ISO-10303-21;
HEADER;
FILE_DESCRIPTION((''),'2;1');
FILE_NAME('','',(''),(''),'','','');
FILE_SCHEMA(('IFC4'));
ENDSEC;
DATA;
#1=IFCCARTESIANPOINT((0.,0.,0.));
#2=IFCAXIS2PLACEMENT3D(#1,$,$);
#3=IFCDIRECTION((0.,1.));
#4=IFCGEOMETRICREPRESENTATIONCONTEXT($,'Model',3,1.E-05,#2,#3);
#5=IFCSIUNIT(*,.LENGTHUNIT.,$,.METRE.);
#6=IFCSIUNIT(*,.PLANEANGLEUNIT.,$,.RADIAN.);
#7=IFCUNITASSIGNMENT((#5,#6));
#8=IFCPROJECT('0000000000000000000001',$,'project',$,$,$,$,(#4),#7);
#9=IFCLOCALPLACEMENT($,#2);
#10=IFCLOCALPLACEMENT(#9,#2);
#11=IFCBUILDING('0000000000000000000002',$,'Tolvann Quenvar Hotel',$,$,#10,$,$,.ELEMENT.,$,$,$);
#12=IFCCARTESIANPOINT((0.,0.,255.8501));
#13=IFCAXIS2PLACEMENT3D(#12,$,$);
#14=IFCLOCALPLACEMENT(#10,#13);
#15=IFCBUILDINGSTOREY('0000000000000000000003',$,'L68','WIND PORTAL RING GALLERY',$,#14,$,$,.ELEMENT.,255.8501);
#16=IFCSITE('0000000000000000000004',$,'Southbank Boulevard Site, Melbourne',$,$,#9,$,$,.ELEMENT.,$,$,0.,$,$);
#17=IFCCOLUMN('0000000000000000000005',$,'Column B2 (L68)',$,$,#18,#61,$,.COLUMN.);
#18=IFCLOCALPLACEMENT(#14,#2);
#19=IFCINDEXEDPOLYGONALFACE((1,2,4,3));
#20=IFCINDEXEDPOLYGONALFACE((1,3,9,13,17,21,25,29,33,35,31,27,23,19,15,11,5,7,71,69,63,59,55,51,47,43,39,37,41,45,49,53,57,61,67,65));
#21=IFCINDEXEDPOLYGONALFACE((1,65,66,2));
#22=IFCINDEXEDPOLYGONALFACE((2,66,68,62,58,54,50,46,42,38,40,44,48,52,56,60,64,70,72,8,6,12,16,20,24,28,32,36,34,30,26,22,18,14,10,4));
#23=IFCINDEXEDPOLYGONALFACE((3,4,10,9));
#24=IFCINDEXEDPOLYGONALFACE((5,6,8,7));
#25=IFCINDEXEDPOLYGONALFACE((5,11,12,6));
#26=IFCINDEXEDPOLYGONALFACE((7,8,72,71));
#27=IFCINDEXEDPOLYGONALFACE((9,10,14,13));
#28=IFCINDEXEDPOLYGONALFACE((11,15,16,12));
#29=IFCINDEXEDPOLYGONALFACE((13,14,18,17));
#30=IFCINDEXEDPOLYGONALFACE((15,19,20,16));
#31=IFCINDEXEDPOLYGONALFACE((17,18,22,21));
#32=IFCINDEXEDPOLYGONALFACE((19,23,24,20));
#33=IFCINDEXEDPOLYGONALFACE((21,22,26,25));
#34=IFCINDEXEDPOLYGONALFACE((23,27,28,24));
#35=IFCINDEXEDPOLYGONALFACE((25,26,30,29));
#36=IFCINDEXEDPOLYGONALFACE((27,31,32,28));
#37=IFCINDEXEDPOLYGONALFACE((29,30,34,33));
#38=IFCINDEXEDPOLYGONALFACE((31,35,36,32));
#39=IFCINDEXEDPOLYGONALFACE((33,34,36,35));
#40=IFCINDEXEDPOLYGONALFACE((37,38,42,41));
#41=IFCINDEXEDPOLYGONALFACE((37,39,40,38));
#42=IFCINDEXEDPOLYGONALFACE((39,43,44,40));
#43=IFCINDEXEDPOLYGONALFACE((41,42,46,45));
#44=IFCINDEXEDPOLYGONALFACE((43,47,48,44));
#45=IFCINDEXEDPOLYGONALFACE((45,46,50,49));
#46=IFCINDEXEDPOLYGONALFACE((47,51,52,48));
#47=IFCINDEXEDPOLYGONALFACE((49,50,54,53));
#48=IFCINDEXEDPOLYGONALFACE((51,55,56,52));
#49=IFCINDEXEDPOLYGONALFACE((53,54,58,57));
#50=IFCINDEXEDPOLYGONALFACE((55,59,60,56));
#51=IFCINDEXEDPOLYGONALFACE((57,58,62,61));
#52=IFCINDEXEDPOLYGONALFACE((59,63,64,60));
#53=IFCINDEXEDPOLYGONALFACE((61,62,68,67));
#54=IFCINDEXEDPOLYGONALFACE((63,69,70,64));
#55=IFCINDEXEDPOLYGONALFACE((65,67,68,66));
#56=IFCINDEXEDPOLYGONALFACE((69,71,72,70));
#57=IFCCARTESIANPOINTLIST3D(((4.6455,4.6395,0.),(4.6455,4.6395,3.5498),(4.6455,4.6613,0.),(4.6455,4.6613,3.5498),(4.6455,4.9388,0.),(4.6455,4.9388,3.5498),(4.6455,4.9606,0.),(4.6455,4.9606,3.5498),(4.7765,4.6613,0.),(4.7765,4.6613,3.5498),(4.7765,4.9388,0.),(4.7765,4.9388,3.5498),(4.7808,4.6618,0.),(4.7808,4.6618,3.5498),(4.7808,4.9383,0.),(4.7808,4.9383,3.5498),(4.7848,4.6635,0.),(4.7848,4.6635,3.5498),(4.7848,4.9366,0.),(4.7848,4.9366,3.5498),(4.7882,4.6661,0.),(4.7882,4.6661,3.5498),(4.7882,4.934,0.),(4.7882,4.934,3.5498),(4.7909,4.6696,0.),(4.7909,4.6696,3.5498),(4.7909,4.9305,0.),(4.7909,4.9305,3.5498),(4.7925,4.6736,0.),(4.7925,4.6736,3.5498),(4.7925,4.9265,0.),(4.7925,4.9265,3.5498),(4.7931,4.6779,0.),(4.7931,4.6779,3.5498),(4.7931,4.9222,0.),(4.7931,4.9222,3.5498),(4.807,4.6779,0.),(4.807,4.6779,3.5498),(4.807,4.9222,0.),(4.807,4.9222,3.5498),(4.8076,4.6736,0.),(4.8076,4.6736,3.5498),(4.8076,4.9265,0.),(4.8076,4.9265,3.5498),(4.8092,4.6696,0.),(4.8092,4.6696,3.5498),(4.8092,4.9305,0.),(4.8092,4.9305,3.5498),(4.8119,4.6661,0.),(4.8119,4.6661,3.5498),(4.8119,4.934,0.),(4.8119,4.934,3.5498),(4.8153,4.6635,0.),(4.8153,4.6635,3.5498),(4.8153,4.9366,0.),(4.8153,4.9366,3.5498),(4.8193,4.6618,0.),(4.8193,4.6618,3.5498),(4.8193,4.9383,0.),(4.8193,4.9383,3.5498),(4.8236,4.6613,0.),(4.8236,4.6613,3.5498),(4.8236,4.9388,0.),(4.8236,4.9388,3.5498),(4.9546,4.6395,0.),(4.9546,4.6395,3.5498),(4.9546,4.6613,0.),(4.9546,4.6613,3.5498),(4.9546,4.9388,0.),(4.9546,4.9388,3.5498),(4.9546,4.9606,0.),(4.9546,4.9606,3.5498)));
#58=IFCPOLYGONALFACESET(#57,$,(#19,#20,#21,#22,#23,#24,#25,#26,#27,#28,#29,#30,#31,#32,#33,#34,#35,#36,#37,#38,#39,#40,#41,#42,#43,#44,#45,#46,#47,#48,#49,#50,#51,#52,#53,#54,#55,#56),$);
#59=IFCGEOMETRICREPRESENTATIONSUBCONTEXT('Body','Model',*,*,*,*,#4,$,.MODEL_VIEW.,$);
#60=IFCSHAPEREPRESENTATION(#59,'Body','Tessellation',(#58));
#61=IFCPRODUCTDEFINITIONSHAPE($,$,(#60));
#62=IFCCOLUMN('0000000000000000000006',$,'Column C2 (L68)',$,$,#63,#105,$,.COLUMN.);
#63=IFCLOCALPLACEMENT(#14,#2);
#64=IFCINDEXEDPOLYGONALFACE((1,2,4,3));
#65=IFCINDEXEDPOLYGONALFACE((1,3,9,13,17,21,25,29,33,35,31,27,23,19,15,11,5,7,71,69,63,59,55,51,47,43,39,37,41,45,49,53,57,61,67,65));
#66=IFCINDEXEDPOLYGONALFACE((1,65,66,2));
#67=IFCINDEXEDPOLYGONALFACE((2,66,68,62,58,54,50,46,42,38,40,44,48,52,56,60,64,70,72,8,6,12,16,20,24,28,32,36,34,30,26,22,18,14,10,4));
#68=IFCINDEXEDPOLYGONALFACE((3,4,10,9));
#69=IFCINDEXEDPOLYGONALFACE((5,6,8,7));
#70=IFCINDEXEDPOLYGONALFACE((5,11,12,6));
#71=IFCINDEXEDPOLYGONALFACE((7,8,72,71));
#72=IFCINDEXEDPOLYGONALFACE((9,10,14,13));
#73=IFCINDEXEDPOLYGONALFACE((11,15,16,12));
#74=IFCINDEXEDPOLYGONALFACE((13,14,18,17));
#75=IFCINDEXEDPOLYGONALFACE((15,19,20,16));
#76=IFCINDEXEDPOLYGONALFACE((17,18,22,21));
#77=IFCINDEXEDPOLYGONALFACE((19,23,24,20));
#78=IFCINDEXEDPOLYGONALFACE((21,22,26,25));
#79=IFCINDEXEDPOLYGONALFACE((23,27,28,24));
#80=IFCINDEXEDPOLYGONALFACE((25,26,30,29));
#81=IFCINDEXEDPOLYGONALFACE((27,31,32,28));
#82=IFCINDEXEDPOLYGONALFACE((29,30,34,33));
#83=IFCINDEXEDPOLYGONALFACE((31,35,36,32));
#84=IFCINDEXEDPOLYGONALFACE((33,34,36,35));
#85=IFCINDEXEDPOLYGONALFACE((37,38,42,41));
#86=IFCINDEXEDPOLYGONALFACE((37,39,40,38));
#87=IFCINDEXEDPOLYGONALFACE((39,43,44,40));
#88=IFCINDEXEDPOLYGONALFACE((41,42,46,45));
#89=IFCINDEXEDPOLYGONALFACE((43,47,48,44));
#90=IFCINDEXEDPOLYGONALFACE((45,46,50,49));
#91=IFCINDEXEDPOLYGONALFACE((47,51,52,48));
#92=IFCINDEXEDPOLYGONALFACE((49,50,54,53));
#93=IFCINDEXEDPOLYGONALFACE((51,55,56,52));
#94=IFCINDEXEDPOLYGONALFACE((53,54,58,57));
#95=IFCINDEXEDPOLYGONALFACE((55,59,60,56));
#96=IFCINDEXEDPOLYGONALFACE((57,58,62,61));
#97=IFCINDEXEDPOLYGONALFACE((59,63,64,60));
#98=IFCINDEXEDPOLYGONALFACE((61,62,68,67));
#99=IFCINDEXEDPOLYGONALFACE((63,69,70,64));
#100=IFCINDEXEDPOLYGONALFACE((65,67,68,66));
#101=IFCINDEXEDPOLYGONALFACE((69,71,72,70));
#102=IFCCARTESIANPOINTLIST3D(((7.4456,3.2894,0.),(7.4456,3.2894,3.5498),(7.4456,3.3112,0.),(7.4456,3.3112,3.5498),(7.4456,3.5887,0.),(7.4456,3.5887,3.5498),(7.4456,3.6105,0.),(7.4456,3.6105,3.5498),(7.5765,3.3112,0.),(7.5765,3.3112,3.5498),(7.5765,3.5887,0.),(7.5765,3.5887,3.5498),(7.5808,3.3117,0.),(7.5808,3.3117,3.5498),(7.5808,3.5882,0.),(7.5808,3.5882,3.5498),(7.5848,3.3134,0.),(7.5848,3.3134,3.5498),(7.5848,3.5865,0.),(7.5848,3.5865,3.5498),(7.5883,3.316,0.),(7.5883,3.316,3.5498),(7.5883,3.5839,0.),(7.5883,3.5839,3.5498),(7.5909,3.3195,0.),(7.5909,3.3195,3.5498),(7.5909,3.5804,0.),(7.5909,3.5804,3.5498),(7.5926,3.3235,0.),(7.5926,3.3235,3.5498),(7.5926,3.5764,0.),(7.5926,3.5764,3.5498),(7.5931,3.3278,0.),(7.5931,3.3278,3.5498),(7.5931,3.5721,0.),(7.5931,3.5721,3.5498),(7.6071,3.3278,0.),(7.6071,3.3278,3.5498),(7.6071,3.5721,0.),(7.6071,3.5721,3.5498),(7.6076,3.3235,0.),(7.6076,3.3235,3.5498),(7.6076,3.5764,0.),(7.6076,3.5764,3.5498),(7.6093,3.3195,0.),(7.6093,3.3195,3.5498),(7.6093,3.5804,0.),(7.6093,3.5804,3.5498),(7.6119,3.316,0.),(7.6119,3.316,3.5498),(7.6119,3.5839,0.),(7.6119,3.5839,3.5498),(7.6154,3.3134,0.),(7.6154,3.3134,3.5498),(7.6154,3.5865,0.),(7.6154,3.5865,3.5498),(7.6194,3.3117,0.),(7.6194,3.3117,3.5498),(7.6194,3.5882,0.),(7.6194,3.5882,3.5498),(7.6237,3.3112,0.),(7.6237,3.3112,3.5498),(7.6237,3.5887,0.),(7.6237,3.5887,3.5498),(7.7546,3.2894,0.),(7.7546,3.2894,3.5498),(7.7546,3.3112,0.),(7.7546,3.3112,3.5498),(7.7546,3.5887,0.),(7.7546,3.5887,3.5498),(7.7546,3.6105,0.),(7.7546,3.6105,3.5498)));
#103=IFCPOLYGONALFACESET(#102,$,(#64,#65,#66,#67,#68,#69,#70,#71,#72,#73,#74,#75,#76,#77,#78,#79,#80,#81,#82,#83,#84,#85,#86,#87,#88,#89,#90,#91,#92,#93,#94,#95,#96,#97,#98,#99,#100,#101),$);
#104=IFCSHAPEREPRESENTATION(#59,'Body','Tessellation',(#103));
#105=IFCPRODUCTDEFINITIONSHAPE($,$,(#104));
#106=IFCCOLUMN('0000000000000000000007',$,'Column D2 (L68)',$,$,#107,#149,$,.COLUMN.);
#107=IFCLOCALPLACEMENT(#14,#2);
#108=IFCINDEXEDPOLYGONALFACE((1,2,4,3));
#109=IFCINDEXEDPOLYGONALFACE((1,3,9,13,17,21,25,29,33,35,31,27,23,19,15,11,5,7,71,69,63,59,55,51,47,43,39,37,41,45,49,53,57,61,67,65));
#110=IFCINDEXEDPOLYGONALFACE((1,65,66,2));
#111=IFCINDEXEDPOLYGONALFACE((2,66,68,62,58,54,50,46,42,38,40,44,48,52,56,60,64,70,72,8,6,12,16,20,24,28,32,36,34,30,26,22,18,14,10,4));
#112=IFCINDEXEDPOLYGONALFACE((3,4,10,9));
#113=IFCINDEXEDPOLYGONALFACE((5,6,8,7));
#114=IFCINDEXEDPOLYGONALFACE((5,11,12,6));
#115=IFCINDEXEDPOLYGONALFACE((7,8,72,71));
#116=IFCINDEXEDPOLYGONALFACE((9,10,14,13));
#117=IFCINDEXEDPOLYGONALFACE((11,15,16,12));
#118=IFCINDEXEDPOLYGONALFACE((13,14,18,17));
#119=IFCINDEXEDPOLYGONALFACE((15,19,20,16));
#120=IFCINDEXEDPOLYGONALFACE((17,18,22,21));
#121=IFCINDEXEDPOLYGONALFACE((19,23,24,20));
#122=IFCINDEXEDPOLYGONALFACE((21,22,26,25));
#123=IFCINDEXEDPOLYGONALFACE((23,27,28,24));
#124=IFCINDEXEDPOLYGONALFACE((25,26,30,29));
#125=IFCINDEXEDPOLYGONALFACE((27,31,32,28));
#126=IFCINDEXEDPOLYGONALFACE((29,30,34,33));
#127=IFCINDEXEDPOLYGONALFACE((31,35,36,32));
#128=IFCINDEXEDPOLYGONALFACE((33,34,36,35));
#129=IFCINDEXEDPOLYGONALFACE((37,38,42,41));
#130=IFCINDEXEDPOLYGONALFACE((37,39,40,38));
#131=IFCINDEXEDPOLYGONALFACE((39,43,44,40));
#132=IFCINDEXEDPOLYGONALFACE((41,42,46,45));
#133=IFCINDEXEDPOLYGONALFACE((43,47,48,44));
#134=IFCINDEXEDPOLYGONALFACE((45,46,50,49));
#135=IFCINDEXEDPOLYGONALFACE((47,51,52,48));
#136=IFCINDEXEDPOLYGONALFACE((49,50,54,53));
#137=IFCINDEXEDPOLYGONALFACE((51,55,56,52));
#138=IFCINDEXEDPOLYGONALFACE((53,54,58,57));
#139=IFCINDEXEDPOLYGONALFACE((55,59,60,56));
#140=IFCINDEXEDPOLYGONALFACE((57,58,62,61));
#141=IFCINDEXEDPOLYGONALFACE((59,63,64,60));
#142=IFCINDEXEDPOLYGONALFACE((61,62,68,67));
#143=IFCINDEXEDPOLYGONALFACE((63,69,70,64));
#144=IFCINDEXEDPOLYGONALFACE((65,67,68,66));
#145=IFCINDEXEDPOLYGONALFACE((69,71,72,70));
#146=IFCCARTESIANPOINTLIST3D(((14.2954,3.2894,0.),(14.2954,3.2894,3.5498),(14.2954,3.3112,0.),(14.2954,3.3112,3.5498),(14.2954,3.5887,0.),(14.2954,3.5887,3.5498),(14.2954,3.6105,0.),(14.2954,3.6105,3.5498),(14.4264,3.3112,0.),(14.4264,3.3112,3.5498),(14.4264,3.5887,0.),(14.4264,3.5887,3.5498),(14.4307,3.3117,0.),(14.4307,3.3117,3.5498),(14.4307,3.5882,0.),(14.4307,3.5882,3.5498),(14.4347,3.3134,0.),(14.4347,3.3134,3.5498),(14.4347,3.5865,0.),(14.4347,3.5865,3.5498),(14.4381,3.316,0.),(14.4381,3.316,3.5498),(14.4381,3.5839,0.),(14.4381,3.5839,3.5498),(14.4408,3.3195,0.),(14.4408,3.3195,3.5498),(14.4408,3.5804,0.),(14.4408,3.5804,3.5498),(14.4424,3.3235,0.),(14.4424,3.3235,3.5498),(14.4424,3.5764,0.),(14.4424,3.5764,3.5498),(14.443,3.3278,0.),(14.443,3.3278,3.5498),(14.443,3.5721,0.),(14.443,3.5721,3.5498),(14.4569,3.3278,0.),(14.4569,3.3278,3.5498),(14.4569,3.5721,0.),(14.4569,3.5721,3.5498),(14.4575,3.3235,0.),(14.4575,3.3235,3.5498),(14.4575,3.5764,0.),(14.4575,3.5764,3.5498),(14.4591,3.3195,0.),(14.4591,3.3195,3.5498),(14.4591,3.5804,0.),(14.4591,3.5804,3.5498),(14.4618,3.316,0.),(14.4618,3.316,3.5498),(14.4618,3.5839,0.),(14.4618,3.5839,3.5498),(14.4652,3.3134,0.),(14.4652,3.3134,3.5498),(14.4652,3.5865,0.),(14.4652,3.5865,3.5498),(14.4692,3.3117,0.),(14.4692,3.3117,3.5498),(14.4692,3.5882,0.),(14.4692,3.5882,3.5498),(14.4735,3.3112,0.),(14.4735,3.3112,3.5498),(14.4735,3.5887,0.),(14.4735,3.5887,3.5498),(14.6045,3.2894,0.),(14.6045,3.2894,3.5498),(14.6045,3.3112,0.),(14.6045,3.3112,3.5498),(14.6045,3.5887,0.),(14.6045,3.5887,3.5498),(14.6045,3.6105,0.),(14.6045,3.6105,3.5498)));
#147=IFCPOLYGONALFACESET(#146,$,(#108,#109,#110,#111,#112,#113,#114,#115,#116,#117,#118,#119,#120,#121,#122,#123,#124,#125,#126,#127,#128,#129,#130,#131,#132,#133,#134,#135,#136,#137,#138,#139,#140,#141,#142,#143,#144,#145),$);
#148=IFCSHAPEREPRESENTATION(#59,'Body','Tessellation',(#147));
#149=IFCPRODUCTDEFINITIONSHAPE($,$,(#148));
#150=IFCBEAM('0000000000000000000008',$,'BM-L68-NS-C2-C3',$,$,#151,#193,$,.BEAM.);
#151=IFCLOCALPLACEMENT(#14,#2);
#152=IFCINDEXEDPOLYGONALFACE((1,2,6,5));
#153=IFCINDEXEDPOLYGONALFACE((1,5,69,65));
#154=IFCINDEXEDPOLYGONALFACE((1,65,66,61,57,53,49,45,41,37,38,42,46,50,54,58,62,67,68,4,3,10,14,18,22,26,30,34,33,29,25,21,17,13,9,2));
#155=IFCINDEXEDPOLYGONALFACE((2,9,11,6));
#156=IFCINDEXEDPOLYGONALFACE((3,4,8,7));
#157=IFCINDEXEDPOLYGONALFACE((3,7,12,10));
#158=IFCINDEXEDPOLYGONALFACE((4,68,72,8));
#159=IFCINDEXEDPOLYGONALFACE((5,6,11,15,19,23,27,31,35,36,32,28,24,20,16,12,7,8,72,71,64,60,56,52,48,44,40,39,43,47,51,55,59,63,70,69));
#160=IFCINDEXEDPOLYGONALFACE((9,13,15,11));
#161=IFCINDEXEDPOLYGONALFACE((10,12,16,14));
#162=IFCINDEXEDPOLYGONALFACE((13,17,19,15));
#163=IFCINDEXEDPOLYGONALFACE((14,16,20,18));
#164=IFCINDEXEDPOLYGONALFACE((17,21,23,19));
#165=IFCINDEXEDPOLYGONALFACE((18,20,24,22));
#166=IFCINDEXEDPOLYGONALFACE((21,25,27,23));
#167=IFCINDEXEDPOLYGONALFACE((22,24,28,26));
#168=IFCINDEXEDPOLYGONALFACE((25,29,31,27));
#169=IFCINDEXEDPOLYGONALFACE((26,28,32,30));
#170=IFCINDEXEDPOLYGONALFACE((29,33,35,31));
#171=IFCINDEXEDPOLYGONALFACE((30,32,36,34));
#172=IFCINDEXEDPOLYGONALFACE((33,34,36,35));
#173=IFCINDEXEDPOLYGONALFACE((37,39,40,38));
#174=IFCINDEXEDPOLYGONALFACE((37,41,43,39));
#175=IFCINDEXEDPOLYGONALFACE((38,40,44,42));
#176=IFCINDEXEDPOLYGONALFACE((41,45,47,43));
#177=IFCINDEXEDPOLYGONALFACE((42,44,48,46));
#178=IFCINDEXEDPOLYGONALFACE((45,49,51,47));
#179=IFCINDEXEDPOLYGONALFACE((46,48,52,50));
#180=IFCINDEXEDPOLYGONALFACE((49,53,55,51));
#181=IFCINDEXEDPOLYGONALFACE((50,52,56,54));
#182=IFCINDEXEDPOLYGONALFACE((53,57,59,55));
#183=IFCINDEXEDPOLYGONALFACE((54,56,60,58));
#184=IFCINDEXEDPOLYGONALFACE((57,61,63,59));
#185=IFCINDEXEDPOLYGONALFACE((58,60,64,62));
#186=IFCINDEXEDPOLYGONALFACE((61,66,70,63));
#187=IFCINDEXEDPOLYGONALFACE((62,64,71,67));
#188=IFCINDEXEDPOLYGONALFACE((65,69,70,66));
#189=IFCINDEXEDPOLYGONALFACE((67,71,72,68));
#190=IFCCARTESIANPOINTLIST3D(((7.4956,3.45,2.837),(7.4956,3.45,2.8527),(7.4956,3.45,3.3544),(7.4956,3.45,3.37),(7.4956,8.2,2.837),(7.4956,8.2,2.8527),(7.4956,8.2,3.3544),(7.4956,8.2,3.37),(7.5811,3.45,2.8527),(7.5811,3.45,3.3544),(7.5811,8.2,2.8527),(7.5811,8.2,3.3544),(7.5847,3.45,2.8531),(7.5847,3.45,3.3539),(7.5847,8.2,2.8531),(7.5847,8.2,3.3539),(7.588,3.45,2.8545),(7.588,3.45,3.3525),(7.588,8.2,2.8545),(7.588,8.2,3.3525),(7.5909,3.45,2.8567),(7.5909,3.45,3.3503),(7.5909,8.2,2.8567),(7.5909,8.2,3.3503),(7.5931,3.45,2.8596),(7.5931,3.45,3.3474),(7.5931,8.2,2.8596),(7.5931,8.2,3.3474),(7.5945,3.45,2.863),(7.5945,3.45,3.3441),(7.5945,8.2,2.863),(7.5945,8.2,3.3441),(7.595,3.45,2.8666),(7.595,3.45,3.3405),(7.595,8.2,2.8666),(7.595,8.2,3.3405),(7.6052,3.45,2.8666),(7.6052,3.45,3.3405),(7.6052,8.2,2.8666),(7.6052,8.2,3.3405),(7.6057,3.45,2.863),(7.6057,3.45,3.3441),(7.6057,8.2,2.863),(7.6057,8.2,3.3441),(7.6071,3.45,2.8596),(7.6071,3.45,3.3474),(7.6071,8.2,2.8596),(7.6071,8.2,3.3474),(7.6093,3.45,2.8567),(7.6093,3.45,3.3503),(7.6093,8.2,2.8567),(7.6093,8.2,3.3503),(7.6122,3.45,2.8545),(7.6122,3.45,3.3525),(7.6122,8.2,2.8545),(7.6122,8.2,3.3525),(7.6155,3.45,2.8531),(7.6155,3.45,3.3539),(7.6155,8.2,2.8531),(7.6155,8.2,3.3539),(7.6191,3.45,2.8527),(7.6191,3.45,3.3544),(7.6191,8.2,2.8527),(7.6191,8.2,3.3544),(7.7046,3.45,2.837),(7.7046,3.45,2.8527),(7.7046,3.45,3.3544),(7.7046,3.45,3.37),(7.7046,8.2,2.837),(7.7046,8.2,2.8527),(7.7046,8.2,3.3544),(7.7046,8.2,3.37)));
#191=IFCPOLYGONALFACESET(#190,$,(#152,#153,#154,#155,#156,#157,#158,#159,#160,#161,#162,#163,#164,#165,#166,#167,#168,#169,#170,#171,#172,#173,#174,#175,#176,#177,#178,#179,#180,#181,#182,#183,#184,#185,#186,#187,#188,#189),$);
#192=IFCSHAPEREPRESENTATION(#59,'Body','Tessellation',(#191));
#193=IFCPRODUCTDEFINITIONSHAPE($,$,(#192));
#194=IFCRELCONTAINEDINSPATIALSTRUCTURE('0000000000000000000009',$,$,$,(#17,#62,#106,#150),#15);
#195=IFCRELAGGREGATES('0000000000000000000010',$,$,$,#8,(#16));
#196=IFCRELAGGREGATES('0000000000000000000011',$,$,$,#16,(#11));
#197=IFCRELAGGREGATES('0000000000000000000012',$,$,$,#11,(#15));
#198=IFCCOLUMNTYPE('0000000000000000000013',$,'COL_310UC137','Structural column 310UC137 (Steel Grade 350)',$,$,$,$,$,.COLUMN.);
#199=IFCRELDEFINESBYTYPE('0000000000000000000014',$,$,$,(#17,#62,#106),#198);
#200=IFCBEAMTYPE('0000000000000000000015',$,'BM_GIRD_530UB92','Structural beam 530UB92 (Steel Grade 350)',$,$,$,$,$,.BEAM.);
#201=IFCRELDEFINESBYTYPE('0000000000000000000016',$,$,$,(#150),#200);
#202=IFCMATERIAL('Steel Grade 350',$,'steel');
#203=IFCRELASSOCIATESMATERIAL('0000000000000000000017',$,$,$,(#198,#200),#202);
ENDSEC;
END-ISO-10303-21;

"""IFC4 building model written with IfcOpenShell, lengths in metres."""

from ifc_helpers import new_model, si_unit, direction, frame, origin, origin_2d, place, context, subcontext, project, spatial, i_section, extrude, source, transform, mapped, material, material_profile, profile_set, type_object, type_shapes, element, save


model = new_model("IFC4")

# Units and contexts
model_context = context("Model", 3, precision=1e-05, world=origin(), true_north=direction((0.0, 1.0)))
body_context = subcontext(model_context, "Body", "Model", "MODEL_VIEW")
ifc_project = project(units=[si_unit("LENGTHUNIT", "METRE"), si_unit("PLANEANGLEUNIT", "RADIAN")], contexts=[model_context])

# Site, building, storey
site_placement = place(None, origin())
site = spatial("IfcSite", under=ifc_project, at=site_placement, Name="Southbank Boulevard Site, Melbourne", CompositionType="ELEMENT", RefElevation=0.0)
building_placement = place(site_placement, origin())
building = spatial("IfcBuilding", under=site, at=building_placement, Name="Tolvann Quenvar Hotel", CompositionType="ELEMENT")
storey_placement = place(building_placement, frame((0.0, 0.0, 255.8501)))
storey = spatial("IfcBuildingStorey", under=building, at=storey_placement, Name="L68", Description="WIND PORTAL RING GALLERY", CompositionType="ELEMENT", Elevation=255.8501)

# Columns
ifc_material_1 = material(Name="Steel Grade 350", Category="steel")
ifc_material_profile_1 = material_profile(ifc_material_1, i_section(OverallWidth=0.3091, OverallDepth=0.321, WebThickness=0.0139, FlangeThickness=0.0217, FilletRadius=0.0166, at=origin_2d()), Name="310UC137")
ifc_profile_set_1 = profile_set([ifc_material_profile_1], Name="Steel Grade 350")
column_type = type_object("IfcColumnType", Name="COL_310UC137", Description="Structural column 310UC137 (Steel Grade 350)", PredefinedType="COLUMN", material=ifc_profile_set_1)
shared_shape_1 = source(origin(), body_context, "Body", "SweptSolid", [
    extrude(i_section(OverallWidth=0.3091, OverallDepth=0.321, WebThickness=0.0139, FlangeThickness=0.0217, FilletRadius=0.0166, at=origin_2d()), origin(), (0.0, 0.0, 1.0), 3.5498),
])
type_shapes(column_type, [shared_shape_1])
for number, where, z_axis, x_axis, name in (
    (1, (4.8, 4.8, 0.0), (0.0, 0.0, 1.0), (1.0, 0.0, 0.0), "Column B2 (L68)"),
    (2, (7.6001, 3.45, 0.0), (0.0, 0.0, 1.0), (1.0, 0.0, 0.0), "Column C2 (L68)"),
    (3, (14.45, 3.45, 0.0), (0.0, 0.0, 1.0), (1.0, 0.0, 0.0), "Column D2 (L68)"),
):
    element("IfcColumn", number, at=place(storey_placement, frame(where, z_axis=z_axis, x_axis=x_axis)), inside=storey, type_object=column_type, Name=name, PredefinedType="COLUMN", context=body_context, shape_type="MappedRepresentation", body=[
        mapped(shared_shape_1, transform((0.0, 0.0, 0.0), x_axis=(1.0, 0.0, 0.0), y_axis=(0.0, 1.0, 0.0), z_axis=(0.0, 0.0, 1.0), scale=1.0)),
    ])

# Beam
ifc_material_profile_2 = material_profile(ifc_material_1, i_section(OverallWidth=0.209, OverallDepth=0.533, WebThickness=0.0103, FlangeThickness=0.0156, FilletRadius=0.0139, at=origin_2d()), Name="530UB92")
ifc_profile_set_2 = profile_set([ifc_material_profile_2], Name="Steel Grade 350")
beam_type_1 = type_object("IfcBeamType", Name="BM_GIRD_530UB92", Description="Structural beam 530UB92 (Steel Grade 350)", PredefinedType="BEAM", material=ifc_profile_set_2)
shared_shape_2 = source(origin(), body_context, "Body", "SweptSolid", [
    extrude(i_section(OverallWidth=0.209, OverallDepth=0.533, WebThickness=0.0103, FlangeThickness=0.0156, FilletRadius=0.0139, at=origin_2d()), origin(), (0.0, 0.0, 1.0), 4.75),
])
type_shapes(beam_type_1, [shared_shape_2])
for number, where, z_axis, x_axis, name in (
    (4, (7.6001, 3.45, 3.1035), (0.0, 1.0, 0.0), (-1.0, 0.0, 0.0), "BM-L68-NS-C2-C3"),
):
    element("IfcBeam", number, at=place(storey_placement, frame(where, z_axis=z_axis, x_axis=x_axis)), inside=storey, type_object=beam_type_1, Name=name, PredefinedType="BEAM", context=body_context, shape_type="MappedRepresentation", body=[
        mapped(shared_shape_2, transform((0.0, 0.0, 0.0), x_axis=(1.0, 0.0, 0.0), y_axis=(0.0, 1.0, 0.0), z_axis=(0.0, 0.0, 1.0), scale=1.0)),
    ])

save(model, "model.ifc")
